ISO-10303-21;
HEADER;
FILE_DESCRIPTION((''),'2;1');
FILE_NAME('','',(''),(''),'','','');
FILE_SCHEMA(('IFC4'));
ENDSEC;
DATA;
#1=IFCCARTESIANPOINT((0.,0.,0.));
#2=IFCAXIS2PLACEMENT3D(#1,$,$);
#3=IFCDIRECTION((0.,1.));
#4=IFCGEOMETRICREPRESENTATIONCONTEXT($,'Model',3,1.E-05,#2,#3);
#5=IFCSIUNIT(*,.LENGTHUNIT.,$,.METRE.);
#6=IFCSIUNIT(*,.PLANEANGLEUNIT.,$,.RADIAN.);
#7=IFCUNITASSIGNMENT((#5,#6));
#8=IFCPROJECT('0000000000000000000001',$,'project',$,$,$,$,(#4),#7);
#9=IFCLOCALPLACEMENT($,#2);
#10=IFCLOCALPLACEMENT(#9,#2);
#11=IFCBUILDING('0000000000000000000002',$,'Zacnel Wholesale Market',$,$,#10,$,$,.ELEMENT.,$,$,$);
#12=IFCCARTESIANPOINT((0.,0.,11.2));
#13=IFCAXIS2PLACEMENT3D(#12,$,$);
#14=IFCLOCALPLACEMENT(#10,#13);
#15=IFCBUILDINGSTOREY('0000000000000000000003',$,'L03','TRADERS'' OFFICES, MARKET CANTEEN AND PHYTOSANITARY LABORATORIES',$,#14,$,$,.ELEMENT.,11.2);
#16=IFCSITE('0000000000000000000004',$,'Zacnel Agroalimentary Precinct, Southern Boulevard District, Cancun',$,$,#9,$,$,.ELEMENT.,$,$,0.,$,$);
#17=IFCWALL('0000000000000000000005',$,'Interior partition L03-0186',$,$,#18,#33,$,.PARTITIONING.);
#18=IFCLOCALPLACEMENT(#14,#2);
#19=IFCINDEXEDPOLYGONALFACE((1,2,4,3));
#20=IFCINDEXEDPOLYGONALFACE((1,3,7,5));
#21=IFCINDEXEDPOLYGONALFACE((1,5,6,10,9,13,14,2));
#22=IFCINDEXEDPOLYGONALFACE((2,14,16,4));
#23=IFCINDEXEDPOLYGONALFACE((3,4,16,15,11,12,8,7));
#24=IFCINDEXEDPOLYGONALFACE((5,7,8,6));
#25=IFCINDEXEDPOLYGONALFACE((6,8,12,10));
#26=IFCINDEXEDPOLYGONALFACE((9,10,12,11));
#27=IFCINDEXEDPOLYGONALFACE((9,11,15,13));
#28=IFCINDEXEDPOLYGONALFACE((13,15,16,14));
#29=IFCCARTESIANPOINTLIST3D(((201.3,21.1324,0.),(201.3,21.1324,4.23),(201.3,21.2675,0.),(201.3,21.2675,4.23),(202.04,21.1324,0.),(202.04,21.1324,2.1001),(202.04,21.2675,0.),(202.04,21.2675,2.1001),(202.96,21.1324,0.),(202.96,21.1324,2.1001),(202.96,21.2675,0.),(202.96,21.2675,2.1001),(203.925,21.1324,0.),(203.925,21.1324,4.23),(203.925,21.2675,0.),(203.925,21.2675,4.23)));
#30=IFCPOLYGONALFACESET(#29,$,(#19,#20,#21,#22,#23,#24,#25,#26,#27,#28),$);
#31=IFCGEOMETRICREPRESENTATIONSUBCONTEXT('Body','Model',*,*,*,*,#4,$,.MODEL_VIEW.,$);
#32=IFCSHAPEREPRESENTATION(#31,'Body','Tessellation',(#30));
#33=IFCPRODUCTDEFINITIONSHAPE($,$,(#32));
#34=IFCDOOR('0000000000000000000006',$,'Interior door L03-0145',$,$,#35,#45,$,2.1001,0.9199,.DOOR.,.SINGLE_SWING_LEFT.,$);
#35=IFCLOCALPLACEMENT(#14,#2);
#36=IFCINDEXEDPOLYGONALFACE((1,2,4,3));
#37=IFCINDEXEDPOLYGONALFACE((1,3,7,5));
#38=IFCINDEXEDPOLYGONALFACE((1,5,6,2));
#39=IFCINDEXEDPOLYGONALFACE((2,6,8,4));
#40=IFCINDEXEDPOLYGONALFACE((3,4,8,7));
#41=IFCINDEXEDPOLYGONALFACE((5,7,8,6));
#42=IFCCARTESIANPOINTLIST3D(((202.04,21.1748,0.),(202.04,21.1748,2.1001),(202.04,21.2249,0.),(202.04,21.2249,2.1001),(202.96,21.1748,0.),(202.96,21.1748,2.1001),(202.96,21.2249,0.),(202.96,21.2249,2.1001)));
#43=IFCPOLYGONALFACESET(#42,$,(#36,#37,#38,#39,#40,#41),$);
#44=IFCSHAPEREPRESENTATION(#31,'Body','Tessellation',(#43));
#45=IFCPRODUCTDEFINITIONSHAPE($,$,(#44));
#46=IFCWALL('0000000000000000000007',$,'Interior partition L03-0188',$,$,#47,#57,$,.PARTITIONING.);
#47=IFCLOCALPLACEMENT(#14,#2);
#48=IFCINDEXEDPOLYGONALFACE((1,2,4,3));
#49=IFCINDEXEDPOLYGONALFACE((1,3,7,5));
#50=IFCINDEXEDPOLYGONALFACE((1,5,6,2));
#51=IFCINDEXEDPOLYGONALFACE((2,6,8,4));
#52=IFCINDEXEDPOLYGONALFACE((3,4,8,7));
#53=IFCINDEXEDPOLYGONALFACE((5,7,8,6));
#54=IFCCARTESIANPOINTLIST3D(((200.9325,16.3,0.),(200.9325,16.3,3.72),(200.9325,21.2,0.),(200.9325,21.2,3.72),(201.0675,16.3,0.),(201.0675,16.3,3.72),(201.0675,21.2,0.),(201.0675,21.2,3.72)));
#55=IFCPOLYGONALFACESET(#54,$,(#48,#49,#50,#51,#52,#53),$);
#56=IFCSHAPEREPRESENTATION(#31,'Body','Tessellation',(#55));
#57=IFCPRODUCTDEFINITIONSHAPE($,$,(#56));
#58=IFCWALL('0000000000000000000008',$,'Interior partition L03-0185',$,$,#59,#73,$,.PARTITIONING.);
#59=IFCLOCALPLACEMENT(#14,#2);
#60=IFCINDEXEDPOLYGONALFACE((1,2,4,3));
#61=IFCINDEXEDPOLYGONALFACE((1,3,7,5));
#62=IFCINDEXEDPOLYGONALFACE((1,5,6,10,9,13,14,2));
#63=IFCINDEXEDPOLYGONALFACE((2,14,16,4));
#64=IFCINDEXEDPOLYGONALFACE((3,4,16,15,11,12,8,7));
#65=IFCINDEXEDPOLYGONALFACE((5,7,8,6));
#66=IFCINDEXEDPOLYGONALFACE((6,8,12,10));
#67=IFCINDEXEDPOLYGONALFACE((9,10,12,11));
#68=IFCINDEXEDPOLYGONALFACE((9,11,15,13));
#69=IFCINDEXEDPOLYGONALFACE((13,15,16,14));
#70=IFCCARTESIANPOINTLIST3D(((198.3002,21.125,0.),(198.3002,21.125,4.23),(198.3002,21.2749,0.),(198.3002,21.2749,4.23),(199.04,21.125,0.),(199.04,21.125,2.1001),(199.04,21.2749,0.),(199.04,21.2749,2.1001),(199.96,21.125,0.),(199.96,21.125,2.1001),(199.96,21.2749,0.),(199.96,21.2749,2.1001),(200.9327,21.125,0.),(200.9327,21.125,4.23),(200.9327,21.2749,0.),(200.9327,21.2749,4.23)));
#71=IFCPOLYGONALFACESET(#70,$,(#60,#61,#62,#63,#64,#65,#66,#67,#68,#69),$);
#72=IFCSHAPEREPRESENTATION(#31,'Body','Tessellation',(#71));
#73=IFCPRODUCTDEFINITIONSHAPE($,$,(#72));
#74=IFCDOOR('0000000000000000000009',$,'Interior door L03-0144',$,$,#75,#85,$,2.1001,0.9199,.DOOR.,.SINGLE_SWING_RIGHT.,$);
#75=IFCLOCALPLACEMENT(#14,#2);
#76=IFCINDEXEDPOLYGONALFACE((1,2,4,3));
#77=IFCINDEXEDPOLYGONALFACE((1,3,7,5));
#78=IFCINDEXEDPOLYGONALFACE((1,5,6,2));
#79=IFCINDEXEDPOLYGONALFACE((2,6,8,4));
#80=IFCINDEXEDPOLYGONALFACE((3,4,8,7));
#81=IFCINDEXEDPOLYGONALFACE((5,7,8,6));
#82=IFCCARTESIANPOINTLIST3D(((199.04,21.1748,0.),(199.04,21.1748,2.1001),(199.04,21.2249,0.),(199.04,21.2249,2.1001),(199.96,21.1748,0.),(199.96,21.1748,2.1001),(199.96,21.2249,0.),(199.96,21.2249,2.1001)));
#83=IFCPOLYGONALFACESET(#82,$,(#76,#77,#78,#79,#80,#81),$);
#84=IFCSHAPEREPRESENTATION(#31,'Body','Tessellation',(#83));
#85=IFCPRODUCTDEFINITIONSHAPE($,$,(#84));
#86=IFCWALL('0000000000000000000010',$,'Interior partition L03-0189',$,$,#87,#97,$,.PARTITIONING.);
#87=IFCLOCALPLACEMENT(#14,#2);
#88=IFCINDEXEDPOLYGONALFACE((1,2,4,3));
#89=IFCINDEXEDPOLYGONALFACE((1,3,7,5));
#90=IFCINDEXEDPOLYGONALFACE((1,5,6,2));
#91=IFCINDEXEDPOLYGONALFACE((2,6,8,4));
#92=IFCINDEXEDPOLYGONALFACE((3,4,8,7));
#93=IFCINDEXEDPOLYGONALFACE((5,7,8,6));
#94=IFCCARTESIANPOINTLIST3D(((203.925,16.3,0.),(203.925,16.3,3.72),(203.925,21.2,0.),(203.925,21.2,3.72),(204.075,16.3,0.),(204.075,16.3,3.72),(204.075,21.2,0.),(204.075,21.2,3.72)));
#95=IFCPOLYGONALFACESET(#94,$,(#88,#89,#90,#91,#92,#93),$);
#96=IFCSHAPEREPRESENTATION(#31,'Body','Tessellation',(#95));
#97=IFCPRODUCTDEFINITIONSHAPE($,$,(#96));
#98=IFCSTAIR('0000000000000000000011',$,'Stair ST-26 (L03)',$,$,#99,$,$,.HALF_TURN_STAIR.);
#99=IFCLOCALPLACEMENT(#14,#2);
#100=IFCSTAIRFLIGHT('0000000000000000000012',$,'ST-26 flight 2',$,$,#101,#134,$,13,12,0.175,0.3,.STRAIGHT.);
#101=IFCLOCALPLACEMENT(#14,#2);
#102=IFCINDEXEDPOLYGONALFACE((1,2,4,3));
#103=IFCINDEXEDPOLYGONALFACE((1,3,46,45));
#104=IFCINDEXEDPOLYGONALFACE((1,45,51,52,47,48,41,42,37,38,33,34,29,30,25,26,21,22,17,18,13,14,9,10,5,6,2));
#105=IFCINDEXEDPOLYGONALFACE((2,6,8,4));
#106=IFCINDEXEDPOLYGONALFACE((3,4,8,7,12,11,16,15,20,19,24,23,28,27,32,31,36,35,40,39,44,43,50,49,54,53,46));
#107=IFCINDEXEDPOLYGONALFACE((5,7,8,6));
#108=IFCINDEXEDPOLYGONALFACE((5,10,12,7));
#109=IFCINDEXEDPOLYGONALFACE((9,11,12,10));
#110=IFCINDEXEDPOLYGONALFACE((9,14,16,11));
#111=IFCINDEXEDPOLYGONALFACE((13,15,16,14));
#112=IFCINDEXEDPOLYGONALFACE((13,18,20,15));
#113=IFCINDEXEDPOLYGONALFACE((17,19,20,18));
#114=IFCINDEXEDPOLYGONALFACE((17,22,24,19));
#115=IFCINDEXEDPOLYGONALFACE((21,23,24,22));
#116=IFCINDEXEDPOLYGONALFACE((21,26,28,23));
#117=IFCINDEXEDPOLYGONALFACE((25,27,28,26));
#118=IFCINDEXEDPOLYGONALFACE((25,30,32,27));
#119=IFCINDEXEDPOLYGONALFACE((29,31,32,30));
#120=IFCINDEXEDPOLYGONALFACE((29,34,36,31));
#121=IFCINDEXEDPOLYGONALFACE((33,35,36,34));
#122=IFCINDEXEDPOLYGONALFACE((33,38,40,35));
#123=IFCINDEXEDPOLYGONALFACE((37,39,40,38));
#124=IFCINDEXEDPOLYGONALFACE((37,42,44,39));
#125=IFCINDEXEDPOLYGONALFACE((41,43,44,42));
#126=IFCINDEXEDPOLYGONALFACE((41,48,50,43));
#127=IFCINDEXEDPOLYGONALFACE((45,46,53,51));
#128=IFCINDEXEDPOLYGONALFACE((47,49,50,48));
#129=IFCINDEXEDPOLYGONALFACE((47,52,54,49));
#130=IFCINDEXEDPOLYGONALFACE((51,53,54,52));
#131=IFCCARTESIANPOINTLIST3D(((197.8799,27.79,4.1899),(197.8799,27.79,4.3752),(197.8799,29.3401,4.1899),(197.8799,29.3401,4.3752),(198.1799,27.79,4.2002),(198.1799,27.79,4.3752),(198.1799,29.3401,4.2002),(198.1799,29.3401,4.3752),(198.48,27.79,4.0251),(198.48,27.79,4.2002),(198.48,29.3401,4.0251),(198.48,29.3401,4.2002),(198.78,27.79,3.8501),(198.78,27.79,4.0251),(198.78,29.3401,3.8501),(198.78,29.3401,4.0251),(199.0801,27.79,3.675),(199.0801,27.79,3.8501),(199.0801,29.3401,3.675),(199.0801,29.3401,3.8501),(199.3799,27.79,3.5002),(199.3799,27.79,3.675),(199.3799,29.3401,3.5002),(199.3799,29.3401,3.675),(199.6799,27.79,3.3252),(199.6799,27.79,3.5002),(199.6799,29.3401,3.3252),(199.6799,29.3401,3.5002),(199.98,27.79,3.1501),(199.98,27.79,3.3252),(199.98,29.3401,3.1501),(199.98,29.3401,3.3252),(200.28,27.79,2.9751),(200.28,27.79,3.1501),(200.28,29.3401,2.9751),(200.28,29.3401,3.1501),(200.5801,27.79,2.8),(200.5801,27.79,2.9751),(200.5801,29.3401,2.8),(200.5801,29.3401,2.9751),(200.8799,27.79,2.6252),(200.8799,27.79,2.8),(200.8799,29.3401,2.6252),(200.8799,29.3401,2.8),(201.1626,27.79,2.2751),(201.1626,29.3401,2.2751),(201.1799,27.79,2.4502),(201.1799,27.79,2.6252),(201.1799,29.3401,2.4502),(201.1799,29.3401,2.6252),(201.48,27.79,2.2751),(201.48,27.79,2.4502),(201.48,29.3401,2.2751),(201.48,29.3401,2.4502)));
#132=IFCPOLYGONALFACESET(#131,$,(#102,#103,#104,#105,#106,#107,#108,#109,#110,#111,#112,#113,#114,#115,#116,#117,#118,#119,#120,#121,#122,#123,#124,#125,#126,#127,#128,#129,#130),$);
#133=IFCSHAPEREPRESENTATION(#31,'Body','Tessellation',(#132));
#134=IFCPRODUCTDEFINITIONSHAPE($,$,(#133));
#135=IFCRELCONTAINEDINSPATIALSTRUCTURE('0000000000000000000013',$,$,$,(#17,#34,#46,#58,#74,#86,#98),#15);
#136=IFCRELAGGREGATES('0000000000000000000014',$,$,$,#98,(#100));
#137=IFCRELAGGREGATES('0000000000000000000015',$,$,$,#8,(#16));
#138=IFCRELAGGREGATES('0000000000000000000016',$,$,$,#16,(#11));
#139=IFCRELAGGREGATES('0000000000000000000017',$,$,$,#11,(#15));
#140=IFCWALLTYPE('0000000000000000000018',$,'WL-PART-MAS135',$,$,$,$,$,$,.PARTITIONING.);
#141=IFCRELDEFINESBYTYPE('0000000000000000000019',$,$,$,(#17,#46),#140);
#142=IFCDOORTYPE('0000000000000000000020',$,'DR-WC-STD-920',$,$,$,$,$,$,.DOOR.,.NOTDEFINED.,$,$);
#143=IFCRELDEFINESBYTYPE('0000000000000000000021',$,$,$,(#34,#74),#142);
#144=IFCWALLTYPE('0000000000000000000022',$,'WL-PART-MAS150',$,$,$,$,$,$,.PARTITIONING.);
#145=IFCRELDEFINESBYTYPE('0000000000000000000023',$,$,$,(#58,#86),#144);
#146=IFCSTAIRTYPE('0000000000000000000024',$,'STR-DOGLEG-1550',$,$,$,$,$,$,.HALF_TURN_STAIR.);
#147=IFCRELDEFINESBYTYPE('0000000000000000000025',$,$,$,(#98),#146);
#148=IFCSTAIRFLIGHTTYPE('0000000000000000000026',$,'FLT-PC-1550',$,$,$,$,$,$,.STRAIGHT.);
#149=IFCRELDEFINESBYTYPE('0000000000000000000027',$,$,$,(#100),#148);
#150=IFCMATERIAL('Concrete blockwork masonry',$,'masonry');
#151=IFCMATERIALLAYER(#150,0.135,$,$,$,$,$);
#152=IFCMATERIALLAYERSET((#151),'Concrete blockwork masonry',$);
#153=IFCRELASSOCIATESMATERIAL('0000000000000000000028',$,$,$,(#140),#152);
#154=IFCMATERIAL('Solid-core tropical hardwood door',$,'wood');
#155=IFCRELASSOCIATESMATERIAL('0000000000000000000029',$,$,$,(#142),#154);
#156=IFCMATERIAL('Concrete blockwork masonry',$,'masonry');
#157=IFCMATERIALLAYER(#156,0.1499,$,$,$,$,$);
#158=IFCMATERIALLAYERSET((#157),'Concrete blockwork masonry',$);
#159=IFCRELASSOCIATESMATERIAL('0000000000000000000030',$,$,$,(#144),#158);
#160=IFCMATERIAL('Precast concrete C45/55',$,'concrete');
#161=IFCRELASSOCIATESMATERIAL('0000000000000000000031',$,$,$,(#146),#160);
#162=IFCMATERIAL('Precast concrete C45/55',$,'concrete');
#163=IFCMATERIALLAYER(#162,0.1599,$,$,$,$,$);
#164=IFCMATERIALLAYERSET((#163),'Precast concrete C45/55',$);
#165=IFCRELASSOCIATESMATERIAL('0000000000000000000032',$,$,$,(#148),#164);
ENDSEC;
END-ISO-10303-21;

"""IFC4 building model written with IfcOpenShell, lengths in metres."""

from ifc_helpers import new_model, si_unit, direction, frame, frame_2d, origin, place, context, subcontext, project, spatial, polyline, rectangle, outline, extrude, material, layer, layer_set, type_object, element, fill, aggregate, save


model = new_model("IFC4")

# Units and contexts
model_context = context("Model", 3, precision=1e-05, world=origin(), true_north=direction((0.0, 1.0)))
body_context = subcontext(model_context, "Body", "Model", "MODEL_VIEW")
ifc_project = project(units=[si_unit("LENGTHUNIT", "METRE"), si_unit("PLANEANGLEUNIT", "RADIAN")], contexts=[model_context])

# Site, building, storey
site_placement = place(None, origin())
site = spatial("IfcSite", under=ifc_project, at=site_placement, Name="Zacnel Agroalimentary Precinct, Southern Boulevard District, Cancun", CompositionType="ELEMENT", RefElevation=0.0)
building_placement = place(site_placement, origin())
building = spatial("IfcBuilding", under=site, at=building_placement, Name="Zacnel Wholesale Market", CompositionType="ELEMENT")
storey_placement = place(building_placement, frame((0.0, 0.0, 11.2)))
storey = spatial("IfcBuildingStorey", under=building, at=storey_placement, Name="L03", Description="TRADERS' OFFICES, MARKET CANTEEN AND PHYTOSANITARY LABORATORIES", CompositionType="ELEMENT", Elevation=11.2)

# Wall, opening, door
ifc_material_1 = material(Name="Concrete blockwork masonry", Category="masonry")
ifc_layer_1 = layer(ifc_material_1, 0.135)
ifc_layer_set_1 = layer_set([ifc_layer_1], Name="Concrete blockwork masonry")
wall_type_1 = type_object("IfcWallType", Name="WL-PART-MAS135", PredefinedType="PARTITIONING", material=ifc_layer_set_1)
wall_1_placement = place(storey_placement, frame((201.3, 21.2, 0.0), z_axis=(0.0, 0.0, 1.0), x_axis=(1.0, 0.0, 0.0)))
wall_1 = element("IfcWall", 1, at=wall_1_placement, inside=storey, type_object=wall_type_1, Name="Interior partition L03-0186", PredefinedType="PARTITIONING", context=body_context, shape_type="SweptSolid", body=[
    extrude(rectangle(XDim=2.625, YDim=0.135, at=frame_2d((1.3125, 0.0))), origin(), (0.0, 0.0, 1.0), 4.23),
])
opening_1_placement = place(wall_1_placement, frame((0.74, 0.0, 0.0)))
opening_1 = element("IfcOpeningElement", 2, at=opening_1_placement, cuts=wall_1, PredefinedType="OPENING", context=body_context, shape_type="SweptSolid", body=[
    extrude(rectangle(XDim=0.9199, YDim=2.1001, at=frame_2d((0.46, 1.05))), frame((0.0, 0.0774, 0.0), z_axis=(0.0, -1.0, 0.0), x_axis=(1.0, 0.0, 0.0)), (0.0, 0.0, 1.0), 0.155),
])
ifc_material_2 = material(Name="Solid-core tropical hardwood door", Category="wood")
door_type_1 = type_object("IfcDoorType", Name="DR-WC-STD-920", OperationType="NOTDEFINED", PredefinedType="DOOR", material=ifc_material_2)
door_1_placement = place(opening_1_placement, origin())
door_1 = element("IfcDoor", 3, at=door_1_placement, inside=storey, type_object=door_type_1, Name="Interior door L03-0145", OperationType="SINGLE_SWING_LEFT", OverallHeight=2.1001, OverallWidth=0.9199, PredefinedType="DOOR", context=body_context, shape_type="SweptSolid", body=[
    extrude(rectangle(XDim=0.9199, YDim=2.1001, at=frame_2d((0.46, 1.05))), frame((0.0, 0.0249, 0.0), z_axis=(0.0, -1.0, 0.0), x_axis=(1.0, 0.0, 0.0)), (0.0, 0.0, 1.0), 0.05),
])
fill(opening_1, door_1)

# Wall
wall_2_placement = place(storey_placement, frame((201.0, 16.3, 0.0), z_axis=(0.0, 0.0, 1.0), x_axis=(0.0, 1.0, 0.0)))
element("IfcWall", 4, at=wall_2_placement, inside=storey, type_object=wall_type_1, Name="Interior partition L03-0188", PredefinedType="PARTITIONING", context=body_context, shape_type="SweptSolid", body=[
    extrude(rectangle(XDim=4.8999, YDim=0.135, at=frame_2d((2.45, 0.0))), origin(), (0.0, 0.0, 1.0), 3.72),
])

# Wall, opening, door
ifc_material_3 = material(Name="Concrete blockwork masonry", Category="masonry")
ifc_layer_2 = layer(ifc_material_3, 0.1499)
ifc_layer_set_2 = layer_set([ifc_layer_2], Name="Concrete blockwork masonry")
wall_type_2 = type_object("IfcWallType", Name="WL-PART-MAS150", PredefinedType="PARTITIONING", material=ifc_layer_set_2)
wall_3_placement = place(storey_placement, frame((198.3, 21.2, 0.0), z_axis=(0.0, 0.0, 1.0), x_axis=(1.0, 0.0, 0.0)))
wall_3 = element("IfcWall", 5, at=wall_3_placement, inside=storey, type_object=wall_type_2, Name="Interior partition L03-0185", PredefinedType="PARTITIONING", context=body_context, shape_type="SweptSolid", body=[
    extrude(rectangle(XDim=2.6326, YDim=0.1499, at=frame_2d((1.3164, 0.0))), origin(), (0.0, 0.0, 1.0), 4.23),
])
opening_2_placement = place(wall_3_placement, frame((0.74, 0.0, 0.0)))
opening_2 = element("IfcOpeningElement", 6, at=opening_2_placement, cuts=wall_3, PredefinedType="OPENING", context=body_context, shape_type="SweptSolid", body=[
    extrude(rectangle(XDim=0.9199, YDim=2.1001, at=frame_2d((0.46, 1.05))), frame((0.0, 0.085, 0.0), z_axis=(0.0, -1.0, 0.0), x_axis=(1.0, 0.0, 0.0)), (0.0, 0.0, 1.0), 0.1699),
])
door_2_placement = place(opening_2_placement, origin())
door_2 = element("IfcDoor", 7, at=door_2_placement, inside=storey, type_object=door_type_1, Name="Interior door L03-0144", OperationType="SINGLE_SWING_RIGHT", OverallHeight=2.1001, OverallWidth=0.9199, PredefinedType="DOOR", context=body_context, shape_type="SweptSolid", body=[
    extrude(rectangle(XDim=0.9199, YDim=2.1001, at=frame_2d((0.46, 1.05))), frame((0.0, 0.0249, 0.0), z_axis=(0.0, -1.0, 0.0), x_axis=(1.0, 0.0, 0.0)), (0.0, 0.0, 1.0), 0.05),
])
fill(opening_2, door_2)

# Wall
wall_4_placement = place(storey_placement, frame((204.0, 16.3, 0.0), z_axis=(0.0, 0.0, 1.0), x_axis=(0.0, 1.0, 0.0)))
element("IfcWall", 8, at=wall_4_placement, inside=storey, type_object=wall_type_2, Name="Interior partition L03-0189", PredefinedType="PARTITIONING", context=body_context, shape_type="SweptSolid", body=[
    extrude(rectangle(XDim=4.8999, YDim=0.1499, at=frame_2d((2.45, 0.0))), origin(), (0.0, 0.0, 1.0), 3.72),
])

# Stair, stair flight
ifc_material_4 = material(Name="Precast concrete C45/55", Category="concrete")
stair_type = type_object("IfcStairType", Name="STR-DOGLEG-1550", PredefinedType="HALF_TURN_STAIR", material=ifc_material_4)
stair_placement = place(storey_placement, origin())
stair = element("IfcStair", 9, at=stair_placement, inside=storey, type_object=stair_type, Name="Stair ST-26 (L03)", PredefinedType="HALF_TURN_STAIR")
ifc_material_5 = material(Name="Precast concrete C45/55", Category="concrete")
ifc_layer_3 = layer(ifc_material_5, 0.1599)
ifc_layer_set_3 = layer_set([ifc_layer_3], Name="Precast concrete C45/55")
stair_flight_type = type_object("IfcStairFlightType", Name="FLT-PC-1550", PredefinedType="STRAIGHT", material=ifc_layer_set_3)
stair_flight_placement = place(storey_placement, frame((201.48, 28.5649, 2.2751), z_axis=(0.0, 0.0, 1.0), x_axis=(-1.0, 0.0, 0.0)))
stair_flight = element("IfcStairFlight", 10, at=stair_flight_placement, type_object=stair_flight_type, Name="ST-26 flight 2", NumberOfRisers=13, NumberOfTreads=12, PredefinedType="STRAIGHT", RiserHeight=0.175, TreadLength=0.3, context=body_context, shape_type="SweptSolid", body=[
    extrude(outline(polyline([(0.0, 0.0), (0.0, 0.175), (0.3, 0.175), (0.3, 0.3501), (0.6001, 0.3501), (0.6001, 0.5249), (0.8999, 0.5249), (0.8999, 0.7), (1.2, 0.7), (1.2, 0.875), (1.5, 0.875), (1.5, 1.05), (1.8, 1.05), (1.8, 1.2251), (2.1001, 1.2251), (2.1001, 1.3999), (2.3999, 1.3999), (2.3999, 1.575), (2.7, 1.575), (2.7, 1.75), (3.0, 1.75), (3.0, 1.925), (3.3, 1.925), (3.3, 2.1001), (3.6001, 2.1001), (3.6001, 2.2749), (3.6001, 1.9148), (0.3174, 0.0), (0.0, 0.0)])), frame((0.0, 0.7749, 0.0), z_axis=(0.0, -1.0, 0.0), x_axis=(1.0, 0.0, 0.0)), (0.0, 0.0, 1.0), 1.55),
])
aggregate(stair, [stair_flight])

save(model, "model.ifc")
